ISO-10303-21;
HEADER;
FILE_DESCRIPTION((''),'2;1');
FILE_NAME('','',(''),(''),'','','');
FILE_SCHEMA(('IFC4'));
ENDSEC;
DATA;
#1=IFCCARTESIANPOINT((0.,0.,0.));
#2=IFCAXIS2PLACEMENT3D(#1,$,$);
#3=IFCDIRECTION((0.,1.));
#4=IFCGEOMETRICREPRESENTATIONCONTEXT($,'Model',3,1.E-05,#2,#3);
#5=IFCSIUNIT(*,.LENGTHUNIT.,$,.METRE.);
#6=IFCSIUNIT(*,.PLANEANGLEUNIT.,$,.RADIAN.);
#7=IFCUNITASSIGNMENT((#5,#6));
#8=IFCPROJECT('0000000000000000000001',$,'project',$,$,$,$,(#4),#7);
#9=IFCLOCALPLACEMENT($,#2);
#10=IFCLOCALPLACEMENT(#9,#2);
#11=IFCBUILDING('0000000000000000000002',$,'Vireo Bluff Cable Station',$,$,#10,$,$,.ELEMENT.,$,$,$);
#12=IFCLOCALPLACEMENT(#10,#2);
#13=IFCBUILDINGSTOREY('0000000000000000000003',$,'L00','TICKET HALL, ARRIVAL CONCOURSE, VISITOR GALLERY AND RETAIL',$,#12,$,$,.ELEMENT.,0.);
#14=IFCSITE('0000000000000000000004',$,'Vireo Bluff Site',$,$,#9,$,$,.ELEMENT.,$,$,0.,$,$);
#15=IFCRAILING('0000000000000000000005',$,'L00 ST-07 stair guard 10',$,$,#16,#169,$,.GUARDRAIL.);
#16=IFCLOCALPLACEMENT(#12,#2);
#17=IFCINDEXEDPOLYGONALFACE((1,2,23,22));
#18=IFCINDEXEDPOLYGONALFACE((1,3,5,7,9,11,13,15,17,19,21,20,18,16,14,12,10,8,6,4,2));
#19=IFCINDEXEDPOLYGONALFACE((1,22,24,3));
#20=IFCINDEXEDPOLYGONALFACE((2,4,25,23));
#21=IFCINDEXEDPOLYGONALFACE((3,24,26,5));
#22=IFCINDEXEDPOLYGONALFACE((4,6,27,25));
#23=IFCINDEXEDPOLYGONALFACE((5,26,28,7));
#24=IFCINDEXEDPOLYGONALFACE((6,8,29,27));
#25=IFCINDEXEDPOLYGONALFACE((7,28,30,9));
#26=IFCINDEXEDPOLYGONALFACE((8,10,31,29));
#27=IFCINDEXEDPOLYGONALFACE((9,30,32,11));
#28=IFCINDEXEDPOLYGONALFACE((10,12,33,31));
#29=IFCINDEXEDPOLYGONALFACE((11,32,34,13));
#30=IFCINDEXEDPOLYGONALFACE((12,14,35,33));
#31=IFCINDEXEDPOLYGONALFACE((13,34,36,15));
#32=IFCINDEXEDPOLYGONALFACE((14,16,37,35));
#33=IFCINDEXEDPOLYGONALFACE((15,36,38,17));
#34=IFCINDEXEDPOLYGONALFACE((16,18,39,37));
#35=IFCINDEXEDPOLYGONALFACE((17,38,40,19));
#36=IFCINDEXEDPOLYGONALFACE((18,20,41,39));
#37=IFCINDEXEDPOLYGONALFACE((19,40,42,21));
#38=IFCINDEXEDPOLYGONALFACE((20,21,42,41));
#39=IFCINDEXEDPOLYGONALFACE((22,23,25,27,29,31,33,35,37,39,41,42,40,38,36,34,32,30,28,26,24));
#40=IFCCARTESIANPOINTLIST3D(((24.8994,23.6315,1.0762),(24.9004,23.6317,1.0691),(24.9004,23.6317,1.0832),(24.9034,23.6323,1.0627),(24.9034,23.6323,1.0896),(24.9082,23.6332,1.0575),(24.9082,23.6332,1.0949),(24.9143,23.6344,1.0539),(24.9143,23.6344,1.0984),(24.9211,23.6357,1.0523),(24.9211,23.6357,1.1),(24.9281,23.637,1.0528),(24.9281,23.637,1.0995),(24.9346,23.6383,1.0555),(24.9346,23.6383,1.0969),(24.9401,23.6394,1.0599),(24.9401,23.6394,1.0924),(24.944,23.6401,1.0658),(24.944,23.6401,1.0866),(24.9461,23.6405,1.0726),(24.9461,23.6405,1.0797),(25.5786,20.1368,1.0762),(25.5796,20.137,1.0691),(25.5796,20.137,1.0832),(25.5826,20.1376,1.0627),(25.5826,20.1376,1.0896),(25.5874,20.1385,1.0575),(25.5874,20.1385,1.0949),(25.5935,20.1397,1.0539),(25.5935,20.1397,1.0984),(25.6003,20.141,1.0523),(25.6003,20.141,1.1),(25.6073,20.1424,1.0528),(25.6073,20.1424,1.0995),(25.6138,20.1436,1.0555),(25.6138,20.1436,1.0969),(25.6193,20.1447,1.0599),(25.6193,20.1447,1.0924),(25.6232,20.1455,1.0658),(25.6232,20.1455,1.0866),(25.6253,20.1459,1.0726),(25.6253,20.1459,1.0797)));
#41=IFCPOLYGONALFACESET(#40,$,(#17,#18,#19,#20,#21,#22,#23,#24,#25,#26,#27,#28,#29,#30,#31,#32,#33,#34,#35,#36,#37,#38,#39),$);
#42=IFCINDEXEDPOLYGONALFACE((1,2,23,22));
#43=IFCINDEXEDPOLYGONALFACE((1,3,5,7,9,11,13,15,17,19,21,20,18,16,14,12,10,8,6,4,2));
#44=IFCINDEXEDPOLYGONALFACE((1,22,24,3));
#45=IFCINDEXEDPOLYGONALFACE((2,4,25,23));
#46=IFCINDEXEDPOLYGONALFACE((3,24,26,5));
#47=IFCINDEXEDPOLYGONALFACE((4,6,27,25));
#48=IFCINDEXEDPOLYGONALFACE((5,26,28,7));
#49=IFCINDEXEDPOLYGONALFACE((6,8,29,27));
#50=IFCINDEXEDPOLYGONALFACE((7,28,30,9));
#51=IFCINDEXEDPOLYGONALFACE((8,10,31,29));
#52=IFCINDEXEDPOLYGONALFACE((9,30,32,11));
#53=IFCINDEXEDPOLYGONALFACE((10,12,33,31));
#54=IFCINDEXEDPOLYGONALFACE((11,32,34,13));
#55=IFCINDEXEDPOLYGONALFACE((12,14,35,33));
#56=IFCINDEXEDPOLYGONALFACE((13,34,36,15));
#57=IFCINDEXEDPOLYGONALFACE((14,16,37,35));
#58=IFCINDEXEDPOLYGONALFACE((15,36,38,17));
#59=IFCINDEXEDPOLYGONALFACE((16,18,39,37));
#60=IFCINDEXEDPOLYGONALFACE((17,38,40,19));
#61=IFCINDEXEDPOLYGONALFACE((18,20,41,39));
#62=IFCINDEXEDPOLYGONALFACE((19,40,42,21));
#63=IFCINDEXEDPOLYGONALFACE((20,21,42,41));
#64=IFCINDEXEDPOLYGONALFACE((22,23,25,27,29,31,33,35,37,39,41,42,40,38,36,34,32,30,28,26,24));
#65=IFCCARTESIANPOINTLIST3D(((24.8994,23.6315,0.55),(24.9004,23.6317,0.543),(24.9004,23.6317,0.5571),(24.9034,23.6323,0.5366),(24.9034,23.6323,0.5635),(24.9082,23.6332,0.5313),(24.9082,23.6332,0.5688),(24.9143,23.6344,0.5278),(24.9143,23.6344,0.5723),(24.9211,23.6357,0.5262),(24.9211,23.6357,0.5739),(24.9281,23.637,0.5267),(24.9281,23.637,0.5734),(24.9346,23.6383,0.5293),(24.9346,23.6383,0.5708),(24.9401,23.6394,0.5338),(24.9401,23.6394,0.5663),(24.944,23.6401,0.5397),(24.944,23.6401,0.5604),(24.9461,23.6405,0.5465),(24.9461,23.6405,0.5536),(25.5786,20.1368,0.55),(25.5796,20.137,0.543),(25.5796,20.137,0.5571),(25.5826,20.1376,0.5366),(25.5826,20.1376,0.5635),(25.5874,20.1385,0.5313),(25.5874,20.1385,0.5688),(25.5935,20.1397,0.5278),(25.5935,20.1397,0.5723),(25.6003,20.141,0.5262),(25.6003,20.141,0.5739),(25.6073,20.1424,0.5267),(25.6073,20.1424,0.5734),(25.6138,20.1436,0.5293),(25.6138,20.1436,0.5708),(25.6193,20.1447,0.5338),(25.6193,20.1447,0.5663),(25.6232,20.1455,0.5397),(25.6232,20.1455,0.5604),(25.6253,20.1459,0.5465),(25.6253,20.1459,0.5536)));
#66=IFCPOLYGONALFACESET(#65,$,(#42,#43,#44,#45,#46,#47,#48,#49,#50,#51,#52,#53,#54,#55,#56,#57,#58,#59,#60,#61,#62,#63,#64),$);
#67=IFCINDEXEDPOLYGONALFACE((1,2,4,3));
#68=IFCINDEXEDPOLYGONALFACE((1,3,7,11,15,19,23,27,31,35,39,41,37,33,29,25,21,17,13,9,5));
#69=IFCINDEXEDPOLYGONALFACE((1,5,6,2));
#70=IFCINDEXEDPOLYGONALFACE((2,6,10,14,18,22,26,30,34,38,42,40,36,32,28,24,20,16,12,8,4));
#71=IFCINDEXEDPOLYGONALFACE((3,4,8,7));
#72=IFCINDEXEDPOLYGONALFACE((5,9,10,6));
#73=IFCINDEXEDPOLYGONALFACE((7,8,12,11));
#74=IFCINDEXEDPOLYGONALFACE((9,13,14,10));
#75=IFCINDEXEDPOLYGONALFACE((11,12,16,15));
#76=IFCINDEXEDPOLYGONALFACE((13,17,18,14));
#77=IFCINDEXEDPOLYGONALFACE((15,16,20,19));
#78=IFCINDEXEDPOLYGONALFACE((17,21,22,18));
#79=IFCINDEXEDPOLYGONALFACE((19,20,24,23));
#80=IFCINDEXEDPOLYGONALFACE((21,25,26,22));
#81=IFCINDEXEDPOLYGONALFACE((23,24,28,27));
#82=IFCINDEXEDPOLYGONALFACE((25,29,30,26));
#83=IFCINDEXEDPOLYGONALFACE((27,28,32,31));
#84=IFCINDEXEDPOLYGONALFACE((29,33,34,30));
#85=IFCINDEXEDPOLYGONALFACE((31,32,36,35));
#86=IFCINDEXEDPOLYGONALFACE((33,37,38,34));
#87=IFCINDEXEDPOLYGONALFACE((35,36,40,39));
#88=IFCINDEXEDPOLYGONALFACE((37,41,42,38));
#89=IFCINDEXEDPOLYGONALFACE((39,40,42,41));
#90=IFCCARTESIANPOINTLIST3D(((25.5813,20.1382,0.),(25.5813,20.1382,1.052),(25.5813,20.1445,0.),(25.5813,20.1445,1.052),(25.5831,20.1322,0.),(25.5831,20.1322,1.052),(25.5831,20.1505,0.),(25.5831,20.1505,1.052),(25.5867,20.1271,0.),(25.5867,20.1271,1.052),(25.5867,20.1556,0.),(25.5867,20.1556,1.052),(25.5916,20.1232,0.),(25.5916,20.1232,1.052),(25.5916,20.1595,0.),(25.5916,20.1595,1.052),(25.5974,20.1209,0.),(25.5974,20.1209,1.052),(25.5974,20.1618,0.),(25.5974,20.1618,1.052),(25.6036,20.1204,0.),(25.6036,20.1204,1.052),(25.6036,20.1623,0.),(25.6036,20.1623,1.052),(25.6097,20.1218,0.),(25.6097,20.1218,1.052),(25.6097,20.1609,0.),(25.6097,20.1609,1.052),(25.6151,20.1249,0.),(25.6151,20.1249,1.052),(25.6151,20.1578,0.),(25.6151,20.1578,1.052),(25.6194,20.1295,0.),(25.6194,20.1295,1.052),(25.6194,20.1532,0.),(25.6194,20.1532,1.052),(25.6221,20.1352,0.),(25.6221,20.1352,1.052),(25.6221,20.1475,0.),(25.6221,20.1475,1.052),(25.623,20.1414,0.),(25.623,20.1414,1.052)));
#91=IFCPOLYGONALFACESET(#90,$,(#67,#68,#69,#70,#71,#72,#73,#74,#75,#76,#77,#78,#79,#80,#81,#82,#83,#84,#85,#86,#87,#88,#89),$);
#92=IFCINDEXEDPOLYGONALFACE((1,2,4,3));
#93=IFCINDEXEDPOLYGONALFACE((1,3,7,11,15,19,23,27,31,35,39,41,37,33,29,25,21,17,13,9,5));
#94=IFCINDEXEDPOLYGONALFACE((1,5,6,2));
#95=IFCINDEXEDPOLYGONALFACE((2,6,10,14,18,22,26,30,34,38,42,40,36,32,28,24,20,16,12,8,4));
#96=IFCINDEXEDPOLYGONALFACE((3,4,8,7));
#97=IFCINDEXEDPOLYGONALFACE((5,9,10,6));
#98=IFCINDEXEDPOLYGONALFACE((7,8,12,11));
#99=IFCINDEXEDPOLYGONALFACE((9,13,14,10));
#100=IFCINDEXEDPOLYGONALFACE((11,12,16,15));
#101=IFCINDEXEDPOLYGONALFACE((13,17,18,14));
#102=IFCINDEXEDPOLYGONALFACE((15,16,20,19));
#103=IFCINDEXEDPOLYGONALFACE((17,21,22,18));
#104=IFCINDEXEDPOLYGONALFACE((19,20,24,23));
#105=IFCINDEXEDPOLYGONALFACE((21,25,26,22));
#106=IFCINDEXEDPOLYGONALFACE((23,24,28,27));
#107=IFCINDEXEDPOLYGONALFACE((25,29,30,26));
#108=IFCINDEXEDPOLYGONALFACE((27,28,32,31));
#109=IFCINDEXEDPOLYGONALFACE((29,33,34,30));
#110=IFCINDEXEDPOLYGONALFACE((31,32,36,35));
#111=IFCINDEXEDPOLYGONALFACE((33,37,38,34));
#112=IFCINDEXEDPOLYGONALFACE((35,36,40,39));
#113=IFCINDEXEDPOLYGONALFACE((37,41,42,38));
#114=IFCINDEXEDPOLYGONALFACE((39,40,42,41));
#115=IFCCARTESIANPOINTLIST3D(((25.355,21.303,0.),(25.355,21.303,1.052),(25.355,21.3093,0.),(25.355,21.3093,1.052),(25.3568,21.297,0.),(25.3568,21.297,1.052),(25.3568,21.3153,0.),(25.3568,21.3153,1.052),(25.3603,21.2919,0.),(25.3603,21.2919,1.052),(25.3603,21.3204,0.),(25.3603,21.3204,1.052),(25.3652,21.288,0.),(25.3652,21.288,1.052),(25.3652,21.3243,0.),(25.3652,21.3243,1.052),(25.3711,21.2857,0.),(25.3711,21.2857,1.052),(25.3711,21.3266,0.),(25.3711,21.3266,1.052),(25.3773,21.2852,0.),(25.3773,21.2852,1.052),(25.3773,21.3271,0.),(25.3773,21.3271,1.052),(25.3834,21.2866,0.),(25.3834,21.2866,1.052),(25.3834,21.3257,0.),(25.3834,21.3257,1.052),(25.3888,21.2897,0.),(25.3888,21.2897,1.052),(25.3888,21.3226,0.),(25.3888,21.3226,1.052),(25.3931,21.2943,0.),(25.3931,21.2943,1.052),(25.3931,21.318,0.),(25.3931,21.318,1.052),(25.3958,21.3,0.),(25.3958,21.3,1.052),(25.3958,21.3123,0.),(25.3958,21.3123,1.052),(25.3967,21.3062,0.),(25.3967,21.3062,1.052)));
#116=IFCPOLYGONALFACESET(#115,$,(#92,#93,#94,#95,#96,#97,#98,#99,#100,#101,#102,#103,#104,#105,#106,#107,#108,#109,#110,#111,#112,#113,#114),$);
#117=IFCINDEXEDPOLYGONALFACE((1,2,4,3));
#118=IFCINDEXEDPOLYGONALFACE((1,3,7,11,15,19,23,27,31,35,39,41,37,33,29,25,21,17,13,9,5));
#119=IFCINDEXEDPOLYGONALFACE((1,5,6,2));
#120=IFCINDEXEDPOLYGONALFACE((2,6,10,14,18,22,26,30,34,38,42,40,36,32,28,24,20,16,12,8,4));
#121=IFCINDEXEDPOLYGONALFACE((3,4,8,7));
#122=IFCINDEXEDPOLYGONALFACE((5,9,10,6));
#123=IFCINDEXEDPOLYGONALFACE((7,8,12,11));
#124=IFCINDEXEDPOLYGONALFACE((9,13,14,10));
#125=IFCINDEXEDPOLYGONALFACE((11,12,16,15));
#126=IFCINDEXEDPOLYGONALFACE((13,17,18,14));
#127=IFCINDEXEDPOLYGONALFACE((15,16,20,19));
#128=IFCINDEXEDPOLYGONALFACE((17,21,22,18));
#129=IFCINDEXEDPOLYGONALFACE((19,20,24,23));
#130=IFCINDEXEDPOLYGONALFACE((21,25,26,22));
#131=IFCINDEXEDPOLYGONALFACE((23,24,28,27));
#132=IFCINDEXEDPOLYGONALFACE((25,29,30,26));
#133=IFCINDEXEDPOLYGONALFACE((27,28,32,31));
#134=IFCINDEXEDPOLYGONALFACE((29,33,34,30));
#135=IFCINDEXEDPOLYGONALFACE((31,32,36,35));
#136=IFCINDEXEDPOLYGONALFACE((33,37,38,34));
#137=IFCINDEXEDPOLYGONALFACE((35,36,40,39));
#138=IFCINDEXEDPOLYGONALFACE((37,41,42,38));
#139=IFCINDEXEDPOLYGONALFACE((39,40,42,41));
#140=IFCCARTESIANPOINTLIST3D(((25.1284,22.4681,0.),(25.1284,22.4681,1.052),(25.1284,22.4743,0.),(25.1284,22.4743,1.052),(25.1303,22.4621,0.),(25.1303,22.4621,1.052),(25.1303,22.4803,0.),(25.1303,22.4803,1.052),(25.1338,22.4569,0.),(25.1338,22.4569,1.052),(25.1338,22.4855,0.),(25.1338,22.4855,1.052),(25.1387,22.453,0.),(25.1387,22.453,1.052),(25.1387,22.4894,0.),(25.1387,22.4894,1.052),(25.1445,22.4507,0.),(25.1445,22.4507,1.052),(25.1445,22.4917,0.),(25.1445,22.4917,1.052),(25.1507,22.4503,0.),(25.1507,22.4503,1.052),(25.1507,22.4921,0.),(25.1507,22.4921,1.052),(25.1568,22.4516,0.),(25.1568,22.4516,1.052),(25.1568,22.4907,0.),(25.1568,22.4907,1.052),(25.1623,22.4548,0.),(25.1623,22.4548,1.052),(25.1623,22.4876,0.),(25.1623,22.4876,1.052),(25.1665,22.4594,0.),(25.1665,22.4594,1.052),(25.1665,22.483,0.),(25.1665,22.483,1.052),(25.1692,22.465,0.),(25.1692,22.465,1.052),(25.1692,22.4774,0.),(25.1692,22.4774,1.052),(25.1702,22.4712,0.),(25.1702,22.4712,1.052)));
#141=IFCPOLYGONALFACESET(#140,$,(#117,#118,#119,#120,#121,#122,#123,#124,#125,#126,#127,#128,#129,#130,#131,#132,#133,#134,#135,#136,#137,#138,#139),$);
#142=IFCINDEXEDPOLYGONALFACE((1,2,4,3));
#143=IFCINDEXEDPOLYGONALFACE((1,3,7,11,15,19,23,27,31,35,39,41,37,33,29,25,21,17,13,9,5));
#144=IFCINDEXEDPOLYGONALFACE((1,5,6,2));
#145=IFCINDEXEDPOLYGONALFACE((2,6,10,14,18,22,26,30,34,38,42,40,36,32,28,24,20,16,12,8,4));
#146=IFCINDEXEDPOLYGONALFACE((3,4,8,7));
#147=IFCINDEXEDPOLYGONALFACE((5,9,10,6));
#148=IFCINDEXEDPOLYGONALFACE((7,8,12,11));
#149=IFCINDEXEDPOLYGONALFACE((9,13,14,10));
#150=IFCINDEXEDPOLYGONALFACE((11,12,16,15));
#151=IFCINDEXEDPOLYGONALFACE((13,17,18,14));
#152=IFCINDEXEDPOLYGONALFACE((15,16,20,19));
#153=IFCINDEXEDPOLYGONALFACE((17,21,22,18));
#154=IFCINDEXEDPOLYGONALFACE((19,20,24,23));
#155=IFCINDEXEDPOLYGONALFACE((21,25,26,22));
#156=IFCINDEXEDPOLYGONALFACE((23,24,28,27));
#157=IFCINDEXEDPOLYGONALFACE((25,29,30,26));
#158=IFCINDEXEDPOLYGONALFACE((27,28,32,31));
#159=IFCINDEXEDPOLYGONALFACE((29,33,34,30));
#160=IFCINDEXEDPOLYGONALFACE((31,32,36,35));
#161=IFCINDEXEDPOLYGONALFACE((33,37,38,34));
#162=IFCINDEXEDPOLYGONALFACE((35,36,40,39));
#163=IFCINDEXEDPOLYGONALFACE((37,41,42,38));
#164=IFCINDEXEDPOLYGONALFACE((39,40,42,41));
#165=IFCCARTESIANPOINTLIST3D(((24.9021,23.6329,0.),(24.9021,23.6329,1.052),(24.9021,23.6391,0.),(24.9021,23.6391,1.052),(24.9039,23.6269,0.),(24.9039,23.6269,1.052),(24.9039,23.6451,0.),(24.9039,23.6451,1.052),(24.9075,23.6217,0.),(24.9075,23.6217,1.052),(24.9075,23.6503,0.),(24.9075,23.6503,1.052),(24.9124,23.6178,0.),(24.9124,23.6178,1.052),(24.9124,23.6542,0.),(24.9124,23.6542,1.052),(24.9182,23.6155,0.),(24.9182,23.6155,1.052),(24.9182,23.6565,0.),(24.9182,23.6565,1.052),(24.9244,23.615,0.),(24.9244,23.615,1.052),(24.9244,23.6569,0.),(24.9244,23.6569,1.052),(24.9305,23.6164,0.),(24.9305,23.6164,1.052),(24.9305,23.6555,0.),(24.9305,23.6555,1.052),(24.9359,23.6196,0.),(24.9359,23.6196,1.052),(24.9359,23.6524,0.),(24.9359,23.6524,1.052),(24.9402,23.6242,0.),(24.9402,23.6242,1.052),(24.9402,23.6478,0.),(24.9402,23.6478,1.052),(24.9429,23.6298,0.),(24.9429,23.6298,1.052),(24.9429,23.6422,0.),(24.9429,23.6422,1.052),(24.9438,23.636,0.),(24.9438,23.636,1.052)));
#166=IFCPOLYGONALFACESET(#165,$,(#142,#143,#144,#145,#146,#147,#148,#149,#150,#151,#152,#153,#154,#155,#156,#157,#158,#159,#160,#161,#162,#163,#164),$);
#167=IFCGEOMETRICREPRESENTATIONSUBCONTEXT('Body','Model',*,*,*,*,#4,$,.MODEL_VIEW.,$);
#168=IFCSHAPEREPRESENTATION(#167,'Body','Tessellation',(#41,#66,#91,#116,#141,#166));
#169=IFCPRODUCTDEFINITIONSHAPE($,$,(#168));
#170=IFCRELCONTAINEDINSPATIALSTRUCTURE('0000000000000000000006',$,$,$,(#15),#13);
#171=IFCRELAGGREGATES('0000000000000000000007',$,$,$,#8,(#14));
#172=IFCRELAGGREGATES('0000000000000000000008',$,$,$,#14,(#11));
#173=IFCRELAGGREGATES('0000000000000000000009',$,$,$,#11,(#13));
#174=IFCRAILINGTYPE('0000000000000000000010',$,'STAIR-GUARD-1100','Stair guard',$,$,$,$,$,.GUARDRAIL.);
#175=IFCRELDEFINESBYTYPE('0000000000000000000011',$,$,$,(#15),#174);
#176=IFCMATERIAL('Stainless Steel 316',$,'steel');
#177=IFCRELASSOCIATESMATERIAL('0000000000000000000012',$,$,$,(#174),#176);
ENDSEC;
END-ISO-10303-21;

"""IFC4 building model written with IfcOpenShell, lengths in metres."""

from ifc_helpers import new_model, si_unit, direction, frame, origin, origin_2d, place, context, subcontext, project, spatial, circle, extrude, material, type_object, element, save


model = new_model("IFC4")

# Units and contexts
model_context = context("Model", 3, precision=1e-05, world=origin(), true_north=direction((0.0, 1.0)))
body_context = subcontext(model_context, "Body", "Model", "MODEL_VIEW")
ifc_project = project(units=[si_unit("LENGTHUNIT", "METRE"), si_unit("PLANEANGLEUNIT", "RADIAN")], contexts=[model_context])

# Site, building, storey
site_placement = place(None, origin())
site = spatial("IfcSite", under=ifc_project, at=site_placement, Name="Vireo Bluff Site", CompositionType="ELEMENT", RefElevation=0.0)
building_placement = place(site_placement, origin())
building = spatial("IfcBuilding", under=site, at=building_placement, Name="Vireo Bluff Cable Station", CompositionType="ELEMENT")
storey_placement = place(building_placement, origin())
storey = spatial("IfcBuildingStorey", under=building, at=storey_placement, Name="L00", Description="TICKET HALL, ARRIVAL CONCOURSE, VISITOR GALLERY AND RETAIL", CompositionType="ELEMENT", Elevation=0.0)

# Railing
ifc_material_1 = material(Name="Stainless Steel 316", Category="steel")
railing_type_1 = type_object("IfcRailingType", Name="STAIR-GUARD-1100", Description="Stair guard", PredefinedType="GUARDRAIL", material=ifc_material_1)
railing_1_placement = place(storey_placement, frame((25.6021, 20.1414, 0.0)))
element("IfcRailing", 1, at=railing_1_placement, inside=storey, type_object=railing_type_1, Name="L00 ST-07 stair guard 10", PredefinedType="GUARDRAIL", context=body_context, shape_type="SweptSolid", body=[
    extrude(circle(Radius=0.0239, at=origin_2d()), frame((0.0, 0.0, 1.0762), z_axis=(-0.190785, 0.981632, 0.0), x_axis=(-0.981632, -0.190785, 0.0)), (0.0, 0.0, 1.0), 3.5601),
    extrude(circle(Radius=0.0239, at=origin_2d()), frame((0.0, 0.0, 0.55), z_axis=(-0.190785, 0.981632, 0.0), x_axis=(-0.981632, -0.190785, 0.0)), (0.0, 0.0, 1.0), 3.5601),
    extrude(circle(Radius=0.021, at=origin_2d()), origin(), (0.0, 0.0, 1.0), 1.052),
    extrude(circle(Radius=0.021, at=origin_2d()), frame((-0.2263, 1.1648, 0.0)), (0.0, 0.0, 1.0), 1.052),
    extrude(circle(Radius=0.021, at=origin_2d()), frame((-0.4529, 2.3298, 0.0)), (0.0, 0.0, 1.0), 1.052),
    extrude(circle(Radius=0.021, at=origin_2d()), frame((-0.6792, 3.4946, 0.0)), (0.0, 0.0, 1.0), 1.052),
])

save(model, "model.ifc")
